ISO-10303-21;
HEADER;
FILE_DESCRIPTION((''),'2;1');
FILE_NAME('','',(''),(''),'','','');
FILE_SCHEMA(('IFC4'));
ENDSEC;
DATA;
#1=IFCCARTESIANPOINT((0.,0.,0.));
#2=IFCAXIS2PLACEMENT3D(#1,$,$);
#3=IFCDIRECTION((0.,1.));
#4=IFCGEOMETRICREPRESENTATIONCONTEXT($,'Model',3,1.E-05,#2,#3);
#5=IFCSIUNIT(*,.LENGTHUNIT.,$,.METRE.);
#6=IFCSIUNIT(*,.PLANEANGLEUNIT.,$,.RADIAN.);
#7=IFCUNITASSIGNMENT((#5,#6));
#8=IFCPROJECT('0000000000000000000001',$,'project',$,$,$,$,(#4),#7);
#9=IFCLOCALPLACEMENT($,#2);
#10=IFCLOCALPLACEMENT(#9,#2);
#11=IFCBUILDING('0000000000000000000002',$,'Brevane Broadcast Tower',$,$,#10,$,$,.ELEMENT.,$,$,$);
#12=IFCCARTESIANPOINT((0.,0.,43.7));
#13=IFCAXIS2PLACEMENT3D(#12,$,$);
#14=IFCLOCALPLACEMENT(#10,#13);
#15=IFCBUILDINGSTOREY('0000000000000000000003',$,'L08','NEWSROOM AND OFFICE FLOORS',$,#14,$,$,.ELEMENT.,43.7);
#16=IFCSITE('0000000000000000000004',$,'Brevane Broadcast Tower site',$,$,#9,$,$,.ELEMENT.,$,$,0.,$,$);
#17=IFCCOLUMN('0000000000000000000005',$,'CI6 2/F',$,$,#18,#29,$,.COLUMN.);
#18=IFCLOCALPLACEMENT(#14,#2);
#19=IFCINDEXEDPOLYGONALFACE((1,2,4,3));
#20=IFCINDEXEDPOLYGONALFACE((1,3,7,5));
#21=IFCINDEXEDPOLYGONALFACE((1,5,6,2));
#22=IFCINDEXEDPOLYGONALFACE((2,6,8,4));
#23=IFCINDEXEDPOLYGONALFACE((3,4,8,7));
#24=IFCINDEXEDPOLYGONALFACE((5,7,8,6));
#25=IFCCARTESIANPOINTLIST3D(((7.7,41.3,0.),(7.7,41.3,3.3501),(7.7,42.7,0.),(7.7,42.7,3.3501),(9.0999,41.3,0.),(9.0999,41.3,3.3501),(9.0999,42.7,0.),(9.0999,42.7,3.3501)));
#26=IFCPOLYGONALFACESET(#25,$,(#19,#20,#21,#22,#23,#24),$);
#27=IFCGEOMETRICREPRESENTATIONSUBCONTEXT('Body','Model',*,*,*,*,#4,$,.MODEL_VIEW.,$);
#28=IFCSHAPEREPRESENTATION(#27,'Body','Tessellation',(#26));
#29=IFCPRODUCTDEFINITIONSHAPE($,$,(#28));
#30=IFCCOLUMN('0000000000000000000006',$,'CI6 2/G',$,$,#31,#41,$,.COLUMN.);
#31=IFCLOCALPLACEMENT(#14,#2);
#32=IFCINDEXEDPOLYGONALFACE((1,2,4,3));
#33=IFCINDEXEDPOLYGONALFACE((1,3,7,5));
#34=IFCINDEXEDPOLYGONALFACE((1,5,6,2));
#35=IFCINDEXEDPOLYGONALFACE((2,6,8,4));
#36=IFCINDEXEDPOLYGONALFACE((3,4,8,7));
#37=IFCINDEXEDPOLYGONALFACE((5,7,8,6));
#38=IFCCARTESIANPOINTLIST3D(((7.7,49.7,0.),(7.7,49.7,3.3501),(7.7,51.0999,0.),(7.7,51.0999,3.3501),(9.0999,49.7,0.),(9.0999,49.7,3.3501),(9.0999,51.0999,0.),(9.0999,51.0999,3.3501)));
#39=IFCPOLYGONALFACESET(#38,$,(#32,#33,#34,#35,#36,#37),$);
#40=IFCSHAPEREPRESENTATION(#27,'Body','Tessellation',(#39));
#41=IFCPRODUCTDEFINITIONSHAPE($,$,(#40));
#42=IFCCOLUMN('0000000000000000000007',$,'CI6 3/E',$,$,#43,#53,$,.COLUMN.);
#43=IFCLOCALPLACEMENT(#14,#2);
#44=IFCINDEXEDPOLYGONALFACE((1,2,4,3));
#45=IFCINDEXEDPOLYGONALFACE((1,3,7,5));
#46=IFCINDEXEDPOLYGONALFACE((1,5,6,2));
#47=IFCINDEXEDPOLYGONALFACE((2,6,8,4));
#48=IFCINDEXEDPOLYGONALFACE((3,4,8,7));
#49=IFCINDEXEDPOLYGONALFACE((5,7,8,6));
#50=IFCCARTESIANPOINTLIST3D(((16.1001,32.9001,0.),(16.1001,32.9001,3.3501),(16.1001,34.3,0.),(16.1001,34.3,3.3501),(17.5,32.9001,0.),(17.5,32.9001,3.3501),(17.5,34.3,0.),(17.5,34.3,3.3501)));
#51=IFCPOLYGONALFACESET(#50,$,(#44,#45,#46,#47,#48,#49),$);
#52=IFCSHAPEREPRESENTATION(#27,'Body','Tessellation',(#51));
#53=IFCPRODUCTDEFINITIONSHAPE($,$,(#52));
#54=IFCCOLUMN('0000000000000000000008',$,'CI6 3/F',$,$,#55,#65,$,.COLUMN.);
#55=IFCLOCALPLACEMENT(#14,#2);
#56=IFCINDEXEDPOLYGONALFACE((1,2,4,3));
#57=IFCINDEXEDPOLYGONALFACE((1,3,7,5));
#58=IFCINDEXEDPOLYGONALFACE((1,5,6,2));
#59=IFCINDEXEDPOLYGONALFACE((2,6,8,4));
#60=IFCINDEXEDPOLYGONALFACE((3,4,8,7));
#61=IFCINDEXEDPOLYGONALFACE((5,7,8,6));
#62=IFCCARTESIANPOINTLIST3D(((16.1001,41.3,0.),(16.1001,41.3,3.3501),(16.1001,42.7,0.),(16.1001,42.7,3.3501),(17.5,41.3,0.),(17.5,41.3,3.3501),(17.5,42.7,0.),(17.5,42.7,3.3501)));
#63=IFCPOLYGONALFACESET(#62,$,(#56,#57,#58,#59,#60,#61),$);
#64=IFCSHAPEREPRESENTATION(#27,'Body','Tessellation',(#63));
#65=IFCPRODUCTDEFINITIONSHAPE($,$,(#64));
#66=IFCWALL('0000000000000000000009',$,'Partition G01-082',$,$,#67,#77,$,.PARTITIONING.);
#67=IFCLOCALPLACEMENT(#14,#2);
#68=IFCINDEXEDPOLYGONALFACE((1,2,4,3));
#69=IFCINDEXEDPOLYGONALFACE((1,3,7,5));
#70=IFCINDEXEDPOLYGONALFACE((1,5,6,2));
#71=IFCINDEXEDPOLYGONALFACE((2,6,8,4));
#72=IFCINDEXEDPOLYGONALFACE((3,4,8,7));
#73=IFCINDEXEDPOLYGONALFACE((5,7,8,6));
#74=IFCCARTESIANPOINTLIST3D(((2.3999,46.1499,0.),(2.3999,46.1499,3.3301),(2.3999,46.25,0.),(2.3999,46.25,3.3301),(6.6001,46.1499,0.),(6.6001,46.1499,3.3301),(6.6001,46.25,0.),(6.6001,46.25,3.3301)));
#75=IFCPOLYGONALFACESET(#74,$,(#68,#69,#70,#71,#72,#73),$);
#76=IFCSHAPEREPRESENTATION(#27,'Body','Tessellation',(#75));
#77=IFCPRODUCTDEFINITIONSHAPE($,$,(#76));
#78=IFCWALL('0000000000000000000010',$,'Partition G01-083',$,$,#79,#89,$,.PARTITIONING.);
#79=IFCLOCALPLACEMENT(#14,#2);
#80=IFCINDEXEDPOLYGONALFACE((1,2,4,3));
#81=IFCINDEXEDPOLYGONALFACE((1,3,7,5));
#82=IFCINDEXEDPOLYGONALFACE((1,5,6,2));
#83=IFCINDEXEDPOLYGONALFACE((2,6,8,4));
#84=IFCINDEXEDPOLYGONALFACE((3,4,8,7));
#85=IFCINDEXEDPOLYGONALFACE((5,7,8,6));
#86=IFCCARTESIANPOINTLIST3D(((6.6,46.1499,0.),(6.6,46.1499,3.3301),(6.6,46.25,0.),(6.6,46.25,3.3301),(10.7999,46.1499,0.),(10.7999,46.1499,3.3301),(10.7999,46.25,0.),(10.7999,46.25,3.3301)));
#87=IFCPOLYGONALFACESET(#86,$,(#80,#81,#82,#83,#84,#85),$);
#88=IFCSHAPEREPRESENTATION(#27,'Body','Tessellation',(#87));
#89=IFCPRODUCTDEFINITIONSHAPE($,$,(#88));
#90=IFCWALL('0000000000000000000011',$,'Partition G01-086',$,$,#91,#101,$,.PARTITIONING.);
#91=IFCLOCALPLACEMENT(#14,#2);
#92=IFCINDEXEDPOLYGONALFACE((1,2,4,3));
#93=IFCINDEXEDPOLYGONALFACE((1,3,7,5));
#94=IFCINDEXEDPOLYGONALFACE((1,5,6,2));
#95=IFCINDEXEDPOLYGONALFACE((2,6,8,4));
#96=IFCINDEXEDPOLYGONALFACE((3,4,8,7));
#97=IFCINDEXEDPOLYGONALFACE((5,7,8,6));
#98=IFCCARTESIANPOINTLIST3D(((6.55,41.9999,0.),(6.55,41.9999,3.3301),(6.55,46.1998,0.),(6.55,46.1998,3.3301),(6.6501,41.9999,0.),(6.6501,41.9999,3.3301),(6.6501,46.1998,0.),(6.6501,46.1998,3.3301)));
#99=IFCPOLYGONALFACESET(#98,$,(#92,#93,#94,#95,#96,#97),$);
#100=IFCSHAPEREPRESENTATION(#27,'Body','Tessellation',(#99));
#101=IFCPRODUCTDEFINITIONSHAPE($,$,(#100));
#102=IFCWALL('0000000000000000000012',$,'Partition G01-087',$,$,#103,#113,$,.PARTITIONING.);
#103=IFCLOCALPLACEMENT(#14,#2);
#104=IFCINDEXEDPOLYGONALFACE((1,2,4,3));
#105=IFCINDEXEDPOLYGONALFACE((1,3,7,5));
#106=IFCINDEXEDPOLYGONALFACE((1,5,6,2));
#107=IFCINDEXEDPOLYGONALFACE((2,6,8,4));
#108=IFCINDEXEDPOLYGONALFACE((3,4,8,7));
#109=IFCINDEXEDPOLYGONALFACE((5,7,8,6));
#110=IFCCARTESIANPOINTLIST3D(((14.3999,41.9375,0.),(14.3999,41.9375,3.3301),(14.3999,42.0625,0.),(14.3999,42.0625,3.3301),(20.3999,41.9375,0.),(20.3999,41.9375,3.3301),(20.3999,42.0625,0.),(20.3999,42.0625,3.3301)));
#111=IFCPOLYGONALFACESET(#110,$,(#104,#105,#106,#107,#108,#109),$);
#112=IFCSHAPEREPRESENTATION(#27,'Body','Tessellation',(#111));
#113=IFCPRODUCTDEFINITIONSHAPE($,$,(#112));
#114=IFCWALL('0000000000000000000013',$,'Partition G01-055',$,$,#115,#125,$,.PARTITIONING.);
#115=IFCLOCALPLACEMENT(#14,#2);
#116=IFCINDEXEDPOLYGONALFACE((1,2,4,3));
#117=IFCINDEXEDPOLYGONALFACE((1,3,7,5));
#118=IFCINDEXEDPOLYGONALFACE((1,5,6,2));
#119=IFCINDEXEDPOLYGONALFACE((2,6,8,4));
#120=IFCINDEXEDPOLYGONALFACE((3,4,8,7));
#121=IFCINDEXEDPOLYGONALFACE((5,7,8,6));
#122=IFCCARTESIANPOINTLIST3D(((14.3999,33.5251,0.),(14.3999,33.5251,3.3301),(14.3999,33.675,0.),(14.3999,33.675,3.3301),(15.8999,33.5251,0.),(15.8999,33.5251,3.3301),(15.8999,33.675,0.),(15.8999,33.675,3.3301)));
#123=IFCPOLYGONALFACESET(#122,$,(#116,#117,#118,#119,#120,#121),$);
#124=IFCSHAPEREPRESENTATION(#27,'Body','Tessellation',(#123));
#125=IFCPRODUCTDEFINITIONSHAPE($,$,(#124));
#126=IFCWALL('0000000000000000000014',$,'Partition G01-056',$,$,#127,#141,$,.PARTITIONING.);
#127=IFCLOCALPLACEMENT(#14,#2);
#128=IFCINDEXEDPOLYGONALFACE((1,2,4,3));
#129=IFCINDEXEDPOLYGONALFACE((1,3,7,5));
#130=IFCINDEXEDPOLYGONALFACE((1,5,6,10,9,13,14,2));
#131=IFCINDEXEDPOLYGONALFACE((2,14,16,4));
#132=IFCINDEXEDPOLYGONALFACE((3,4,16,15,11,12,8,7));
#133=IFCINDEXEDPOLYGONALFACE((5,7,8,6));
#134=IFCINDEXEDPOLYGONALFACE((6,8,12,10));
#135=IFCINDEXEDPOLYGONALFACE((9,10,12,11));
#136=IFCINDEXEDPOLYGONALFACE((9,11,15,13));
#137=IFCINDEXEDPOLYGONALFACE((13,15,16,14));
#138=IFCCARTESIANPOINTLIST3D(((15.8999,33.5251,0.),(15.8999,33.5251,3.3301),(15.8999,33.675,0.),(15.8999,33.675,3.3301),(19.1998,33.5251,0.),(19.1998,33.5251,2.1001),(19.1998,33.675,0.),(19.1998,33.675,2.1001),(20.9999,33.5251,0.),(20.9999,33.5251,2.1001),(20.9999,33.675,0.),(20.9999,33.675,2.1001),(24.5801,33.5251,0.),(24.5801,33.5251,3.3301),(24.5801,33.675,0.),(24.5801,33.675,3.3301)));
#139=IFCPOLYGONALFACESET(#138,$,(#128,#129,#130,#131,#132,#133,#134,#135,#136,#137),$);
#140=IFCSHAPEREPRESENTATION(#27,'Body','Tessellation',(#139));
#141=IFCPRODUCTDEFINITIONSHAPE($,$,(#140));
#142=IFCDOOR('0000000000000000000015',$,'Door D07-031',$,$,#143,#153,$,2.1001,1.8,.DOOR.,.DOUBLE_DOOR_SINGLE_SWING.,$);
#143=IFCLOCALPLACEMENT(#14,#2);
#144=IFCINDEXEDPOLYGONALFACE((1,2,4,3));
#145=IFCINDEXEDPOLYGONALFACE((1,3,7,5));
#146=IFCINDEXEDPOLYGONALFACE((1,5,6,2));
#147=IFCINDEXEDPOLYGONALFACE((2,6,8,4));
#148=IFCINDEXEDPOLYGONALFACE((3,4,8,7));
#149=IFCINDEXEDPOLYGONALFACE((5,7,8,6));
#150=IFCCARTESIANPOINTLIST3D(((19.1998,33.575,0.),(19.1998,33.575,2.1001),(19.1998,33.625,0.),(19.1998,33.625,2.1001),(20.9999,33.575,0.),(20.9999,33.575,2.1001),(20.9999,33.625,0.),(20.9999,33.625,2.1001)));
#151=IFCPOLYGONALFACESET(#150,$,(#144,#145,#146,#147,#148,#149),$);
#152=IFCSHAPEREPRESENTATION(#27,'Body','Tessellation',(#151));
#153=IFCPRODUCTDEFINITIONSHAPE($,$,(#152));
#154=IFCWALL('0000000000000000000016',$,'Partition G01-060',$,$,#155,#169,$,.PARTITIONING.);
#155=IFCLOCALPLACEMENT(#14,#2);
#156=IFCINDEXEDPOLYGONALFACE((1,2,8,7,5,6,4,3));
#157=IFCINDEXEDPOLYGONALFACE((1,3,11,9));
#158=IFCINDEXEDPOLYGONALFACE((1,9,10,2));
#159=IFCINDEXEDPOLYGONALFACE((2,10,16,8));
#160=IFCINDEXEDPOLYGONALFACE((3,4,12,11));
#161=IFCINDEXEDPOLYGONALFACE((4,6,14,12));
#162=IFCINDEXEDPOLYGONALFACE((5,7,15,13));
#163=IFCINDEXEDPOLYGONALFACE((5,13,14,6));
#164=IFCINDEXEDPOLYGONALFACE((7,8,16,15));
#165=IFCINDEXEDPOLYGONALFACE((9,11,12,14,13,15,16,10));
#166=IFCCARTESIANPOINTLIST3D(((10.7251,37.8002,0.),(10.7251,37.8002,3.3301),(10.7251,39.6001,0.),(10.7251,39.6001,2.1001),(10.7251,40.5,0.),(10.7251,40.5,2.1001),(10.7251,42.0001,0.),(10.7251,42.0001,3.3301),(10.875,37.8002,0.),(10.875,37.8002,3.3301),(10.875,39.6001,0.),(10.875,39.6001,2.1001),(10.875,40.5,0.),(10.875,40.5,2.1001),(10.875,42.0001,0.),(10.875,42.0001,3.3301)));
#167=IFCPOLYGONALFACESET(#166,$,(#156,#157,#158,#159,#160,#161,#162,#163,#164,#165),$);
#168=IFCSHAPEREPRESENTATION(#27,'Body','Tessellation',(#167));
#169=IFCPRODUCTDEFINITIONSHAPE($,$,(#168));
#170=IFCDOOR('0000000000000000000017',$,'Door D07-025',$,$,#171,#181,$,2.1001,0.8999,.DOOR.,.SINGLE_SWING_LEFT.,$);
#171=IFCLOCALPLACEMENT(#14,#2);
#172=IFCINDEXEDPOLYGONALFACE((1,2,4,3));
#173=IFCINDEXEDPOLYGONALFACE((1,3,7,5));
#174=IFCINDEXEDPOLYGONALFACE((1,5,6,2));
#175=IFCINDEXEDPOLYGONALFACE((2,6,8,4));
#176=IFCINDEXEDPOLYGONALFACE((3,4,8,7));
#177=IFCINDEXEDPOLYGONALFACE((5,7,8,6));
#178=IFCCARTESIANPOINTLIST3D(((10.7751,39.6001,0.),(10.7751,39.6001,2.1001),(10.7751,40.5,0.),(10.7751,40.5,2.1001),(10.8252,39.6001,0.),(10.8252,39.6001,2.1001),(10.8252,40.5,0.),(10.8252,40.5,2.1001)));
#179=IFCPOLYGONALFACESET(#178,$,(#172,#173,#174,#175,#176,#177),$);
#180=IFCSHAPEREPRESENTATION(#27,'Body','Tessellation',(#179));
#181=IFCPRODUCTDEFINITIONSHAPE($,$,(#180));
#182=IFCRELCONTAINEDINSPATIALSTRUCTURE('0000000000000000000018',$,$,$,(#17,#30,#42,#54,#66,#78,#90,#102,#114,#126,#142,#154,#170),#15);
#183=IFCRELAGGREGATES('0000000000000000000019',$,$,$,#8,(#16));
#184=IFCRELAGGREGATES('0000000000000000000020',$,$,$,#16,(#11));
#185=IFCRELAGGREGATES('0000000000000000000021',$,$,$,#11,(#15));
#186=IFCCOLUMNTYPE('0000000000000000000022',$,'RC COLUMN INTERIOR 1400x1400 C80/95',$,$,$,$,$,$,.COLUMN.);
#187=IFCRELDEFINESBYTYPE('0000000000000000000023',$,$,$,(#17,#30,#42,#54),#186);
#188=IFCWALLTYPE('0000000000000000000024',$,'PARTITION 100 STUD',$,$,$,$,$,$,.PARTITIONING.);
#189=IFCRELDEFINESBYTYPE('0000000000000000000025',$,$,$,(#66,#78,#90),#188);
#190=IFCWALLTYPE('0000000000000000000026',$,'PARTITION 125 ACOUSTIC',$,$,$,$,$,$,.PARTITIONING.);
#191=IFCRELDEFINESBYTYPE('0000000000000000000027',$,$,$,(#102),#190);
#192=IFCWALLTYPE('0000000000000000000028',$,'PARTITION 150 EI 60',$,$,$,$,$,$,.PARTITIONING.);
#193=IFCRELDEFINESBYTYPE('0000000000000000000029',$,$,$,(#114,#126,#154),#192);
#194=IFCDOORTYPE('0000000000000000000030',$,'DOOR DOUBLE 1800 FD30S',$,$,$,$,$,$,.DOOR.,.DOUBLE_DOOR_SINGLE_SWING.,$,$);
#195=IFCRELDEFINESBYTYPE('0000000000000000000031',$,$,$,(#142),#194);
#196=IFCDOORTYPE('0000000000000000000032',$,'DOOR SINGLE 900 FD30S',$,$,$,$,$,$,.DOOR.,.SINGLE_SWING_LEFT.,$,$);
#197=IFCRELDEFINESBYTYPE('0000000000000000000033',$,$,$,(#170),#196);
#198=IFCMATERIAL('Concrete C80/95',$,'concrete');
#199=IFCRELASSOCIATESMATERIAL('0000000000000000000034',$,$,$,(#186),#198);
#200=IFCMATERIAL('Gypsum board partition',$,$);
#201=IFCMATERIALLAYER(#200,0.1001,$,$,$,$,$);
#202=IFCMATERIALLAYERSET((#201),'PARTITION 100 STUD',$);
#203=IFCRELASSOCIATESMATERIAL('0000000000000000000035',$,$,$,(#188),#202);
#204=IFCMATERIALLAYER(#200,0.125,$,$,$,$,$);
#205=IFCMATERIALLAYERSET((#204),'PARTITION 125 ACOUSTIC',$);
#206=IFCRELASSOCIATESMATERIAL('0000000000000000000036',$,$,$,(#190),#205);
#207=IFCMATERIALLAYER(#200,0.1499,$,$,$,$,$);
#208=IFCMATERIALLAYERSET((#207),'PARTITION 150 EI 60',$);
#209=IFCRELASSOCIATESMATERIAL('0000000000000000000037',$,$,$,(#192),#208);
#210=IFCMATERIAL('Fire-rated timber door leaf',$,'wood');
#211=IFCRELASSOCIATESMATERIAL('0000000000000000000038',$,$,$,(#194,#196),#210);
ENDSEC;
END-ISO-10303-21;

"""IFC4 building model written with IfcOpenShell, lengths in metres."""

from ifc_helpers import new_model, si_unit, direction, frame, frame_2d, origin, origin_2d, place, context, subcontext, project, spatial, rectangle, extrude, material, layer, layer_set, material_profile, profile_set, type_object, element, fill, save


model = new_model("IFC4")

# Units and contexts
model_context = context("Model", 3, precision=1e-05, world=origin(), true_north=direction((0.0, 1.0)))
body_context = subcontext(model_context, "Body", "Model", "MODEL_VIEW")
ifc_project = project(units=[si_unit("LENGTHUNIT", "METRE"), si_unit("PLANEANGLEUNIT", "RADIAN")], contexts=[model_context])

# Site, building, storey
site_placement = place(None, origin())
site = spatial("IfcSite", under=ifc_project, at=site_placement, Name="Brevane Broadcast Tower site", CompositionType="ELEMENT", RefElevation=0.0)
building_placement = place(site_placement, origin())
building = spatial("IfcBuilding", under=site, at=building_placement, Name="Brevane Broadcast Tower", CompositionType="ELEMENT")
storey_placement = place(building_placement, frame((0.0, 0.0, 43.7)))
storey = spatial("IfcBuildingStorey", under=building, at=storey_placement, Name="L08", Description="NEWSROOM AND OFFICE FLOORS", CompositionType="ELEMENT", Elevation=43.7)

# Columns
ifc_material_1 = material(Name="Concrete C80/95", Category="concrete")
ifc_material_profile = material_profile(ifc_material_1, rectangle(XDim=1.3999, YDim=1.3999, at=origin_2d()), Name="RC 1400x1400")
ifc_profile_set = profile_set([ifc_material_profile], Name="Concrete C80/95")
column_type = type_object("IfcColumnType", Name="RC COLUMN INTERIOR 1400x1400 C80/95", PredefinedType="COLUMN", material=ifc_profile_set)
for number, where, z_axis, x_axis, name in (
    (1, (8.3999, 42.0, 0.0), (0.0, 0.0, 1.0), (1.0, 0.0, 0.0), "CI6 2/F"),
    (2, (8.3999, 50.3999, 0.0), (0.0, 0.0, 1.0), (1.0, 0.0, 0.0), "CI6 2/G"),
    (3, (16.8, 33.6001, 0.0), (0.0, 0.0, 1.0), (1.0, 0.0, 0.0), "CI6 3/E"),
    (4, (16.8, 42.0, 0.0), (0.0, 0.0, 1.0), (1.0, 0.0, 0.0), "CI6 3/F"),
):
    element("IfcColumn", number, at=place(storey_placement, frame(where, z_axis=z_axis, x_axis=x_axis)), inside=storey, type_object=column_type, Name=name, PredefinedType="COLUMN", context=body_context, shape_type="SweptSolid", body=[
        extrude(rectangle(XDim=1.3999, YDim=1.3999, at=origin_2d()), origin(), (0.0, 0.0, 1.0), 3.3501),
    ])

# Walls
ifc_material_2 = material(Name="Gypsum board partition")
ifc_layer_1 = layer(ifc_material_2, 0.1001)
ifc_layer_set_1 = layer_set([ifc_layer_1], Name="PARTITION 100 STUD")
wall_type_1 = type_object("IfcWallType", Name="PARTITION 100 STUD", PredefinedType="PARTITIONING", material=ifc_layer_set_1)
wall_1_placement = place(storey_placement, frame((6.6001, 46.2, 0.0), z_axis=(0.0, 0.0, 1.0), x_axis=(-1.0, 0.0, 0.0)))
element("IfcWall", 5, at=wall_1_placement, inside=storey, type_object=wall_type_1, Name="Partition G01-082", PredefinedType="PARTITIONING", context=body_context, shape_type="SweptSolid", body=[
    extrude(rectangle(XDim=4.2002, YDim=0.1001, at=frame_2d((2.1001, 0.0))), origin(), (0.0, 0.0, 1.0), 3.3301),
])
for number, where, z_axis, x_axis, name in (
    (6, (10.8, 46.2, 0.0), (0.0, 0.0, 1.0), (-1.0, 0.0, 0.0), "Partition G01-083"),
    (7, (6.6001, 46.2, 0.0), (0.0, 0.0, 1.0), (0.0, -1.0, 0.0), "Partition G01-086"),
):
    element("IfcWall", number, at=place(storey_placement, frame(where, z_axis=z_axis, x_axis=x_axis)), inside=storey, type_object=wall_type_1, Name=name, PredefinedType="PARTITIONING", context=body_context, shape_type="SweptSolid", body=[
        extrude(rectangle(XDim=4.2, YDim=0.1001, at=frame_2d((2.1001, 0.0))), origin(), (0.0, 0.0, 1.0), 3.3301),
    ])
ifc_layer_2 = layer(ifc_material_2, 0.125)
ifc_layer_set_2 = layer_set([ifc_layer_2], Name="PARTITION 125 ACOUSTIC")
wall_type_2 = type_object("IfcWallType", Name="PARTITION 125 ACOUSTIC", PredefinedType="PARTITIONING", material=ifc_layer_set_2)
wall_2_placement = place(storey_placement, frame((14.3999, 42.0, 0.0), z_axis=(0.0, 0.0, 1.0), x_axis=(1.0, 0.0, 0.0)))
element("IfcWall", 8, at=wall_2_placement, inside=storey, type_object=wall_type_2, Name="Partition G01-087", PredefinedType="PARTITIONING", context=body_context, shape_type="SweptSolid", body=[
    extrude(rectangle(XDim=6.0, YDim=0.125, at=frame_2d((3.0, 0.0))), origin(), (0.0, 0.0, 1.0), 3.3301),
])
ifc_layer_3 = layer(ifc_material_2, 0.1499)
ifc_layer_set_3 = layer_set([ifc_layer_3], Name="PARTITION 150 EI 60")
wall_type_3 = type_object("IfcWallType", Name="PARTITION 150 EI 60", PredefinedType="PARTITIONING", material=ifc_layer_set_3)
wall_3_placement = place(storey_placement, frame((14.3999, 33.6001, 0.0), z_axis=(0.0, 0.0, 1.0), x_axis=(1.0, 0.0, 0.0)))
element("IfcWall", 9, at=wall_3_placement, inside=storey, type_object=wall_type_3, Name="Partition G01-055", PredefinedType="PARTITIONING", context=body_context, shape_type="SweptSolid", body=[
    extrude(rectangle(XDim=1.5, YDim=0.1499, at=frame_2d((0.75, 0.0))), origin(), (0.0, 0.0, 1.0), 3.3301),
])

# Walls, openings, doors
wall_4_placement = place(storey_placement, frame((15.8999, 33.6001, 0.0), z_axis=(0.0, 0.0, 1.0), x_axis=(1.0, 0.0, 0.0)))
wall_4 = element("IfcWall", 10, at=wall_4_placement, inside=storey, type_object=wall_type_3, Name="Partition G01-056", PredefinedType="PARTITIONING", context=body_context, shape_type="SweptSolid", body=[
    extrude(rectangle(XDim=8.6802, YDim=0.1499, at=frame_2d((4.3401, 0.0))), origin(), (0.0, 0.0, 1.0), 3.3301),
])
opening_1_placement = place(wall_4_placement, frame((3.3, 0.0, 0.0)))
opening_1 = element("IfcOpeningElement", 11, at=opening_1_placement, cuts=wall_4, PredefinedType="OPENING", context=body_context, shape_type="SweptSolid", body=[
    extrude(rectangle(XDim=1.8, YDim=2.1001, at=frame_2d((0.8999, 1.05))), frame((0.0, 0.085, 0.0), z_axis=(0.0, -1.0, 0.0), x_axis=(1.0, 0.0, 0.0)), (0.0, 0.0, 1.0), 0.1699),
])
ifc_material_3 = material(Name="Fire-rated timber door leaf", Category="wood")
door_type_1 = type_object("IfcDoorType", Name="DOOR DOUBLE 1800 FD30S", OperationType="DOUBLE_DOOR_SINGLE_SWING", PredefinedType="DOOR", material=ifc_material_3)
door_1_placement = place(opening_1_placement, origin())
door_1 = element("IfcDoor", 12, at=door_1_placement, inside=storey, type_object=door_type_1, Name="Door D07-031", OperationType="DOUBLE_DOOR_SINGLE_SWING", OverallHeight=2.1001, OverallWidth=1.8, PredefinedType="DOOR", context=body_context, shape_type="SweptSolid", body=[
    extrude(rectangle(XDim=1.8, YDim=2.1001, at=frame_2d((0.8999, 1.05))), frame((0.0, 0.0249, 0.0), z_axis=(0.0, -1.0, 0.0), x_axis=(1.0, 0.0, 0.0)), (0.0, 0.0, 1.0), 0.05),
])
fill(opening_1, door_1)
wall_5_placement = place(storey_placement, frame((10.8, 37.8, 0.0), z_axis=(0.0, 0.0, 1.0), x_axis=(0.0, 1.0, 0.0)))
wall_5 = element("IfcWall", 13, at=wall_5_placement, inside=storey, type_object=wall_type_3, Name="Partition G01-060", PredefinedType="PARTITIONING", context=body_context, shape_type="SweptSolid", body=[
    extrude(rectangle(XDim=4.2, YDim=0.1499, at=frame_2d((2.1001, 0.0))), origin(), (0.0, 0.0, 1.0), 3.3301),
])
opening_2_placement = place(wall_5_placement, frame((1.8, 0.0, 0.0)))
opening_2 = element("IfcOpeningElement", 14, at=opening_2_placement, cuts=wall_5, PredefinedType="OPENING", context=body_context, shape_type="SweptSolid", body=[
    extrude(rectangle(XDim=0.8999, YDim=2.1001, at=frame_2d((0.45, 1.05))), frame((0.0, 0.085, 0.0), z_axis=(0.0, -1.0, 0.0), x_axis=(1.0, 0.0, 0.0)), (0.0, 0.0, 1.0), 0.1699),
])
door_type_2 = type_object("IfcDoorType", Name="DOOR SINGLE 900 FD30S", OperationType="SINGLE_SWING_LEFT", PredefinedType="DOOR", material=ifc_material_3)
door_2_placement = place(opening_2_placement, origin())
door_2 = element("IfcDoor", 15, at=door_2_placement, inside=storey, type_object=door_type_2, Name="Door D07-025", OperationType="SINGLE_SWING_LEFT", OverallHeight=2.1001, OverallWidth=0.8999, PredefinedType="DOOR", context=body_context, shape_type="SweptSolid", body=[
    extrude(rectangle(XDim=0.8999, YDim=2.1001, at=frame_2d((0.45, 1.05))), frame((0.0, 0.0249, 0.0), z_axis=(0.0, -1.0, 0.0), x_axis=(1.0, 0.0, 0.0)), (0.0, 0.0, 1.0), 0.05),
])
fill(opening_2, door_2)

save(model, "model.ifc")
